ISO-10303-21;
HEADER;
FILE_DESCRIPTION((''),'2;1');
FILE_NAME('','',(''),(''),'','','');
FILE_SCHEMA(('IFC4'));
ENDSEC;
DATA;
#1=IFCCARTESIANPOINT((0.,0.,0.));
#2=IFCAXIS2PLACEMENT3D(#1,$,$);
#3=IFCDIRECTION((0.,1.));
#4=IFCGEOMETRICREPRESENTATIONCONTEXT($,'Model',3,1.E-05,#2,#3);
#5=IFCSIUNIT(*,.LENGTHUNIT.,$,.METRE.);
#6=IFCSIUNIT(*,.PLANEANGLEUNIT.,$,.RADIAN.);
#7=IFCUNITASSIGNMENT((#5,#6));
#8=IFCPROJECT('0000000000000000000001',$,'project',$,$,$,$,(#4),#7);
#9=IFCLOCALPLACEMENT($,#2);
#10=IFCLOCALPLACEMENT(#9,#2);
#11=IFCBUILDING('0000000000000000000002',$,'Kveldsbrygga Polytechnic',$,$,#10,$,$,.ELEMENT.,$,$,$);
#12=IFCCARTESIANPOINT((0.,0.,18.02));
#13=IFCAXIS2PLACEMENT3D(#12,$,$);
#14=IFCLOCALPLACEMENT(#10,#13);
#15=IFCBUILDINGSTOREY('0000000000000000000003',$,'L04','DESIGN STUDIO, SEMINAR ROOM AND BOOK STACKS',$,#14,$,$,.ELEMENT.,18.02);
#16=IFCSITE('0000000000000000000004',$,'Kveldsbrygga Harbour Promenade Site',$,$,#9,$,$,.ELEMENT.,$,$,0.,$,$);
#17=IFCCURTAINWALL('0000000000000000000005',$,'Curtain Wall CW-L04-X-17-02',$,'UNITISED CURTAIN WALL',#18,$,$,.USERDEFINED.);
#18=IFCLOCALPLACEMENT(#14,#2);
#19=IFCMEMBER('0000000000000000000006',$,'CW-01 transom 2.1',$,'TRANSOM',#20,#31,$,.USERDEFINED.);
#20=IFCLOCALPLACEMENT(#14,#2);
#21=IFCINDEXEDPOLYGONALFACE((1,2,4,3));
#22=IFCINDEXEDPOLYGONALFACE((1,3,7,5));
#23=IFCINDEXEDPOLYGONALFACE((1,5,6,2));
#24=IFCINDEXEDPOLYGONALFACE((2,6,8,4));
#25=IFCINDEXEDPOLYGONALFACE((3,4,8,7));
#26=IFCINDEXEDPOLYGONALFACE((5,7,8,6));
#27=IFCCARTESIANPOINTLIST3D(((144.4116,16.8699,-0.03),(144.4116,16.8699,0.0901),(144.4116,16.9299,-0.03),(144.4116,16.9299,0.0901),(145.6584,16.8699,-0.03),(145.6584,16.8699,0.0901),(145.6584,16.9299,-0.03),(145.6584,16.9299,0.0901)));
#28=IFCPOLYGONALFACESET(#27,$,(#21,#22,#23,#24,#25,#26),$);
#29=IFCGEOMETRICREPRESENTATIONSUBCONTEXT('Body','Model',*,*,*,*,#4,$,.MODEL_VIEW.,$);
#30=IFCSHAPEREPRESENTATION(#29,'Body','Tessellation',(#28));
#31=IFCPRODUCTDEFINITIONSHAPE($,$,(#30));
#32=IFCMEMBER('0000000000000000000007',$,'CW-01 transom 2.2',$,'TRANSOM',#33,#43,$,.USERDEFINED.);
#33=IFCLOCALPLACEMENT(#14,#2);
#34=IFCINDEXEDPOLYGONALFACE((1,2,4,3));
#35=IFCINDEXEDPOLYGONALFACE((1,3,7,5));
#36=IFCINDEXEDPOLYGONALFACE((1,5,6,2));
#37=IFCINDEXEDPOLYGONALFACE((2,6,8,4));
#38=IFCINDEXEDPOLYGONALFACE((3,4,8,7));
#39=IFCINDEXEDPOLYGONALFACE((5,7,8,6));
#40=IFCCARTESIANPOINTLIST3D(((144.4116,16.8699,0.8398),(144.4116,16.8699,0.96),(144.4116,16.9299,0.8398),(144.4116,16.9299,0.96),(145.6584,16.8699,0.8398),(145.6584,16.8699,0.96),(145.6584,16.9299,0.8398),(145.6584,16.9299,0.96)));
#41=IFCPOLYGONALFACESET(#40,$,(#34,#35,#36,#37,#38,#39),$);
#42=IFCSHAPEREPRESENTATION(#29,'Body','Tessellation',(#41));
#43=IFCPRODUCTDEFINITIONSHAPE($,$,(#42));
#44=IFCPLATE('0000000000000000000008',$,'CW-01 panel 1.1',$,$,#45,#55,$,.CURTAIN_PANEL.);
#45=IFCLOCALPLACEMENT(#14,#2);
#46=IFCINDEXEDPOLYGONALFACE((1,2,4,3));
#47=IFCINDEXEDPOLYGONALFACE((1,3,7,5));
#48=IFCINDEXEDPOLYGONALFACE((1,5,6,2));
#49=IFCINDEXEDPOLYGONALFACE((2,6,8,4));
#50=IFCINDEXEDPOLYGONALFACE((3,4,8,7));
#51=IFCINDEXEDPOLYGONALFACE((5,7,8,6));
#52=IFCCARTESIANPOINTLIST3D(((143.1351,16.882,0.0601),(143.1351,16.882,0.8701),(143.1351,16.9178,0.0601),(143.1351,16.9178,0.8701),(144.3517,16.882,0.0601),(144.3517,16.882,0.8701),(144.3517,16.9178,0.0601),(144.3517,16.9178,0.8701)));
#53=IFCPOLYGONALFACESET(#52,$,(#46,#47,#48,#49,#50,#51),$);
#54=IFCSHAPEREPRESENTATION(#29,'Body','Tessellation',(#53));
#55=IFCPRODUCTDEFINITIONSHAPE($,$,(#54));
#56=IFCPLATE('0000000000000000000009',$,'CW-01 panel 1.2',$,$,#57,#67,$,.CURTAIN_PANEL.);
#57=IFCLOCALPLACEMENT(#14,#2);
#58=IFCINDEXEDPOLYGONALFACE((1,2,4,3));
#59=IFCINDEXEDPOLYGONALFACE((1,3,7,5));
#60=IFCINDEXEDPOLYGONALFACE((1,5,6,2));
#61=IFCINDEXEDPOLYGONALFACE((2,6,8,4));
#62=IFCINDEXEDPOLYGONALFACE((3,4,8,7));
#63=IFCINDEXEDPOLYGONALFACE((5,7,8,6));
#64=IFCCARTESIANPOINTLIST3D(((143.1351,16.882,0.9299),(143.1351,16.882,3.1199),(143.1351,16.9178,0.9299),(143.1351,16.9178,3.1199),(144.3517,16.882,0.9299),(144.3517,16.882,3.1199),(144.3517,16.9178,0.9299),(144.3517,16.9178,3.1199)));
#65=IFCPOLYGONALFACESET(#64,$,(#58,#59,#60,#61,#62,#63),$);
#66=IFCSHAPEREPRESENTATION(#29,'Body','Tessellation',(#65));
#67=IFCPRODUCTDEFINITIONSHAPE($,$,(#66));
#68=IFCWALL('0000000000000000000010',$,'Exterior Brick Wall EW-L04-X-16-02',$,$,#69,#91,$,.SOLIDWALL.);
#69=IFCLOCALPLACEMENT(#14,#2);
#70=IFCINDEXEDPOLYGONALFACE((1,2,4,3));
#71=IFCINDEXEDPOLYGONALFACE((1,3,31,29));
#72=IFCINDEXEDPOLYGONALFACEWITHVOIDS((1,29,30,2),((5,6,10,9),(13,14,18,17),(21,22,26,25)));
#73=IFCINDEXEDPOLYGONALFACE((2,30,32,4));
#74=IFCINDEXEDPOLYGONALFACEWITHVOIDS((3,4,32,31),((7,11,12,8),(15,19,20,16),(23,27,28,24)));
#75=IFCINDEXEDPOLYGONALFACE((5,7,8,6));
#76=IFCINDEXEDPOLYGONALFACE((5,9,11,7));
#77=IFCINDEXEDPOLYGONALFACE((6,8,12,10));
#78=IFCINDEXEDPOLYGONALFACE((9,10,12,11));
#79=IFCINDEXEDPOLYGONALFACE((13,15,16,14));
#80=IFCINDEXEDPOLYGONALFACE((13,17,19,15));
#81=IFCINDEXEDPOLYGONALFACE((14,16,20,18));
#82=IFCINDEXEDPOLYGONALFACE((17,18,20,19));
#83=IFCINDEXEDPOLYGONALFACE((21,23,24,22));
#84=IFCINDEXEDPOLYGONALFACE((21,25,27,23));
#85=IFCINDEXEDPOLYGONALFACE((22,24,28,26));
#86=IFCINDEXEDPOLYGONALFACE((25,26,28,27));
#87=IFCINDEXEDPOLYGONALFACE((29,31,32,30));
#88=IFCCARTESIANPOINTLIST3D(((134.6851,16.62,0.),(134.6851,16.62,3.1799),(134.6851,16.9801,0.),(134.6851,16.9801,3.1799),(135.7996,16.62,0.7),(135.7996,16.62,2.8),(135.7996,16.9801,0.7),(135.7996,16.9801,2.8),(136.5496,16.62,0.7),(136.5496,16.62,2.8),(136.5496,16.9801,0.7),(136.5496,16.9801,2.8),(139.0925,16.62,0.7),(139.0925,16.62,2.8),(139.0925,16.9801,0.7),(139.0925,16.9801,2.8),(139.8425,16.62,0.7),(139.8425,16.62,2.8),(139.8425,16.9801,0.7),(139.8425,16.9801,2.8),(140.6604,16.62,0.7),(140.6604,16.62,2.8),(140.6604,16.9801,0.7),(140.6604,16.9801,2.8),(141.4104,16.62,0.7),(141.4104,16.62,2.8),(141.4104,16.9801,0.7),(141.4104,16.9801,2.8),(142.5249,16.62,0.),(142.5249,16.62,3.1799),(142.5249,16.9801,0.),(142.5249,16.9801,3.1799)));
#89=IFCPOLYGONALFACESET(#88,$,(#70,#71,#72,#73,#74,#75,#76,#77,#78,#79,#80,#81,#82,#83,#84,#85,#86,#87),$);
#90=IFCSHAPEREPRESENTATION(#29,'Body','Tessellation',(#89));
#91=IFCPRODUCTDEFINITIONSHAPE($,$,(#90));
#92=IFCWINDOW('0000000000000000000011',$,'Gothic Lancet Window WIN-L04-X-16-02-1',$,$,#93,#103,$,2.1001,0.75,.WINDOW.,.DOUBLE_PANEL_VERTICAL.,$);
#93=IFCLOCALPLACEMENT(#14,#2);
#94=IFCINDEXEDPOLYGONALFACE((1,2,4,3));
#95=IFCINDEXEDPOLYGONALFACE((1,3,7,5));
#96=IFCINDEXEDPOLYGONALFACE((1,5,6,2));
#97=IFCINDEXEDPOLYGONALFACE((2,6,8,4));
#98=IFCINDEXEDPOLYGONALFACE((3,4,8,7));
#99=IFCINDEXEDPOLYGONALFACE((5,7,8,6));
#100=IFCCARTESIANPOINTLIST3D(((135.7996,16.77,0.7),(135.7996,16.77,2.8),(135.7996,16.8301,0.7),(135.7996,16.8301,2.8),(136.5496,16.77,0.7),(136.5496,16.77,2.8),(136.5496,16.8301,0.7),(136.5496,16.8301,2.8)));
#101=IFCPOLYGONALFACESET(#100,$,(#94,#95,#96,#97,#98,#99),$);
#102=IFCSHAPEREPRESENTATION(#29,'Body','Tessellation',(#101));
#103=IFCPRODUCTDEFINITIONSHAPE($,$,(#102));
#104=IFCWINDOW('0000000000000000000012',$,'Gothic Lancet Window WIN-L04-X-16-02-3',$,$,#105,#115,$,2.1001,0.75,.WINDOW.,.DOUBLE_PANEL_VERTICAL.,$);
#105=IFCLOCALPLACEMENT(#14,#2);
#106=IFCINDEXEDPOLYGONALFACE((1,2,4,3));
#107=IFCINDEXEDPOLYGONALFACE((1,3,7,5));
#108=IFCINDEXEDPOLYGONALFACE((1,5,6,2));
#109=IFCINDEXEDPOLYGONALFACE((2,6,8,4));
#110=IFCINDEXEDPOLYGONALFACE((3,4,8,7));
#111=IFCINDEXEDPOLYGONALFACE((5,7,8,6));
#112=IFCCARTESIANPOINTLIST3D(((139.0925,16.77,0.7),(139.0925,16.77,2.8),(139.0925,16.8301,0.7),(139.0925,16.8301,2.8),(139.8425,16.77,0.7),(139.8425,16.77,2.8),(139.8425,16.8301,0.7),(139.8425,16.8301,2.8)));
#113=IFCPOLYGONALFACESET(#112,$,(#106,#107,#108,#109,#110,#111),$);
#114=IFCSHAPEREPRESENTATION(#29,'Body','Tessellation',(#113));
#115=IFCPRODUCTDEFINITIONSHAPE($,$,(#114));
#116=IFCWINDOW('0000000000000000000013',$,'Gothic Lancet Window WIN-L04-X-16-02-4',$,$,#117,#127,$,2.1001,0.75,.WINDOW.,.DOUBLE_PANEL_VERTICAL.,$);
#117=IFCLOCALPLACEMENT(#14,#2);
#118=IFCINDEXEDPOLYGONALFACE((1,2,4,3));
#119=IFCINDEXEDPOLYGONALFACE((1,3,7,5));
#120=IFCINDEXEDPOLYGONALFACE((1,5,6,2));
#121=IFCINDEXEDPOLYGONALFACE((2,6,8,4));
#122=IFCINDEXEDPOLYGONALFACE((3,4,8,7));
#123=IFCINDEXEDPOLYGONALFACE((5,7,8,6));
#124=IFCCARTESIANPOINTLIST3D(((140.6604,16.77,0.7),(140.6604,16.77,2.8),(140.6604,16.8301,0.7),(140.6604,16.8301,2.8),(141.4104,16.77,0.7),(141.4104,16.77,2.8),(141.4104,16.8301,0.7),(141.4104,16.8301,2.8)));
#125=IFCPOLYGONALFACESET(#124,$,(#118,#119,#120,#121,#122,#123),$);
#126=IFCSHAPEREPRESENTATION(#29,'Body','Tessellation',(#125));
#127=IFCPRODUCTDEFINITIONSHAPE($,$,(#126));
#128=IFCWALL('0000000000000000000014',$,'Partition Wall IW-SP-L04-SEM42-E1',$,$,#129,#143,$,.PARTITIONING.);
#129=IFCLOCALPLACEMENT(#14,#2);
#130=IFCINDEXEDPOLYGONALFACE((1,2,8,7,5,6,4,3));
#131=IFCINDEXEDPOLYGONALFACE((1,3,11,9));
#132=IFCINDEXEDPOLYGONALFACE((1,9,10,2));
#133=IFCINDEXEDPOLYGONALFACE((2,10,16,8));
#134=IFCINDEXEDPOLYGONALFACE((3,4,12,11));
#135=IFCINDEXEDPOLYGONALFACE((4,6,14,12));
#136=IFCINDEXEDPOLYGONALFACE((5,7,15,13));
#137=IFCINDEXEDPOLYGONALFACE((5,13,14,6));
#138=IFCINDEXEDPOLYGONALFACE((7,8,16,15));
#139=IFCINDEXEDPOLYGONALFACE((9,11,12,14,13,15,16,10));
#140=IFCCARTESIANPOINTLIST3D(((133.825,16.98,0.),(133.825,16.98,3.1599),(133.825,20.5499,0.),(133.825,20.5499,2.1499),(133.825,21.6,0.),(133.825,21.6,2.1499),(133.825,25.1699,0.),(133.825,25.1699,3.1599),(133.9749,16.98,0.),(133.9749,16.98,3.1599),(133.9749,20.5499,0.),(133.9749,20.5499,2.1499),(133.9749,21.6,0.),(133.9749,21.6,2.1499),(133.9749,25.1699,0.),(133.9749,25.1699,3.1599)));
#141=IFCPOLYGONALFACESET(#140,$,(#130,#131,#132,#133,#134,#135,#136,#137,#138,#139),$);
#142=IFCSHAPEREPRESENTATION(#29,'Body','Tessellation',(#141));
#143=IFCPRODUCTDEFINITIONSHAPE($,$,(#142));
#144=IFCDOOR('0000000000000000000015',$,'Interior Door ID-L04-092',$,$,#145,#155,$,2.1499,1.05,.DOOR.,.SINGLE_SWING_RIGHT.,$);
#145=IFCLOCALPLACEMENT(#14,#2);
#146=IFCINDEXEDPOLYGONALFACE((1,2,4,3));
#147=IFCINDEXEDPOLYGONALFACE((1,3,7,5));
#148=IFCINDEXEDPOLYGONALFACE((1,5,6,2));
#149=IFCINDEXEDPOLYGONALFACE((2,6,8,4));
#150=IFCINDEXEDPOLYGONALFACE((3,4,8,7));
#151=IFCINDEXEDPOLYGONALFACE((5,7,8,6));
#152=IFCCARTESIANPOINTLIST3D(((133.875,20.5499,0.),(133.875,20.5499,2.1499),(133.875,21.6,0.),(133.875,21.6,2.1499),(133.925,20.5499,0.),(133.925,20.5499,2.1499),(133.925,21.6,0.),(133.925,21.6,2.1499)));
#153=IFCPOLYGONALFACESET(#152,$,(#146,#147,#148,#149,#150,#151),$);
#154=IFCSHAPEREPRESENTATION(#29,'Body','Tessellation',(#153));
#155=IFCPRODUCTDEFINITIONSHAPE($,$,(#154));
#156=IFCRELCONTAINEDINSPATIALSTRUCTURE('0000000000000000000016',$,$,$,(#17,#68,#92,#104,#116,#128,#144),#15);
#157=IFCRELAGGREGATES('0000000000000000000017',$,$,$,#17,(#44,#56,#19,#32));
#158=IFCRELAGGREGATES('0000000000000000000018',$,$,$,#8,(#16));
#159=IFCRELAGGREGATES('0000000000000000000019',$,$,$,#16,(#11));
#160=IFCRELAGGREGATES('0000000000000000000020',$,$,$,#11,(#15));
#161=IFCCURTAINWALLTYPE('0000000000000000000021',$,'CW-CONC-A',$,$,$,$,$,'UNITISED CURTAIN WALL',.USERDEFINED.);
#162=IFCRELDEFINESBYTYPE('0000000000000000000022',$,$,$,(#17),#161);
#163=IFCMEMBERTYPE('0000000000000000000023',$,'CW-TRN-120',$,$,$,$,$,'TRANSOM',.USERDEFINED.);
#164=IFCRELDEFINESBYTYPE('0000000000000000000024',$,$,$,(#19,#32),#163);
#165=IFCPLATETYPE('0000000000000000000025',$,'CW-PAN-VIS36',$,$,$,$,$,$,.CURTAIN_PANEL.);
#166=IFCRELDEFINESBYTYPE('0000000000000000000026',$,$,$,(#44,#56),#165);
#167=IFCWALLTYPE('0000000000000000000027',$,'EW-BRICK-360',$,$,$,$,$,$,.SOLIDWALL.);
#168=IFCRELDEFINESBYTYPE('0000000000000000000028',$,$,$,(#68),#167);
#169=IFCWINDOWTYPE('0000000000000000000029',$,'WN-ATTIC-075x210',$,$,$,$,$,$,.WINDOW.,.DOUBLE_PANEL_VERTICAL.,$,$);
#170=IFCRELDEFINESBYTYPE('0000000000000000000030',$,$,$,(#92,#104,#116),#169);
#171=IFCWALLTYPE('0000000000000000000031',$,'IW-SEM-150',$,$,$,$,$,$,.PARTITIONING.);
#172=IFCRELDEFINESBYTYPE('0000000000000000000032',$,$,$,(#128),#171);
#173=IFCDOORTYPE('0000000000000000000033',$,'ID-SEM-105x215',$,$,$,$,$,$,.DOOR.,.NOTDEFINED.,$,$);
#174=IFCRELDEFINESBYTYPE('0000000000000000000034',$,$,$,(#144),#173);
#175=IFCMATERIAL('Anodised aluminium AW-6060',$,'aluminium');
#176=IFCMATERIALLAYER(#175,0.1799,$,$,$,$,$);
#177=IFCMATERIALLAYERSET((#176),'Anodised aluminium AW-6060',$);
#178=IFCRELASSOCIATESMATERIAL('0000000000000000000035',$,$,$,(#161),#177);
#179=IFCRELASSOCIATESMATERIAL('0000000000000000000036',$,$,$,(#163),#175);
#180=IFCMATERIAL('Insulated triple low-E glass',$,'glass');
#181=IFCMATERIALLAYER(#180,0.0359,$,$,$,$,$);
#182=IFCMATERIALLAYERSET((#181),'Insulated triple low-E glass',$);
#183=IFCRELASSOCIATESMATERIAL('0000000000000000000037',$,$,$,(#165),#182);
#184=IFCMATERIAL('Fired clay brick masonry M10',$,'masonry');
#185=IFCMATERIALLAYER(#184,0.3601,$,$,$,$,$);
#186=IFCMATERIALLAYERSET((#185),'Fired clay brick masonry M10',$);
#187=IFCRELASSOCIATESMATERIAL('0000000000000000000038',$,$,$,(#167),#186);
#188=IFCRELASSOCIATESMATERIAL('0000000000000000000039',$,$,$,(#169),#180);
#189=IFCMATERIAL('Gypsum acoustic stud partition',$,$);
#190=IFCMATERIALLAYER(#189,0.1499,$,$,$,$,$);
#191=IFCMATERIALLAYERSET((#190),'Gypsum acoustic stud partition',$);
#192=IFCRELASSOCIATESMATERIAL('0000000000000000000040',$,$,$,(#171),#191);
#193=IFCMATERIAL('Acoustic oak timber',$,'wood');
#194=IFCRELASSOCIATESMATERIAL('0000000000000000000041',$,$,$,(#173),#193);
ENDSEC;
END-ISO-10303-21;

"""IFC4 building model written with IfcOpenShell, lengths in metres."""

from ifc_helpers import new_model, si_unit, direction, frame, frame_2d, origin, origin_2d, place, context, subcontext, project, spatial, rectangle, extrude, material, layer, layer_set, material_profile, profile_set, type_object, element, fill, aggregate, save


model = new_model("IFC4")

# Units and contexts
model_context = context("Model", 3, precision=1e-05, world=origin(), true_north=direction((0.0, 1.0)))
body_context = subcontext(model_context, "Body", "Model", "MODEL_VIEW")
ifc_project = project(units=[si_unit("LENGTHUNIT", "METRE"), si_unit("PLANEANGLEUNIT", "RADIAN")], contexts=[model_context])

# Site, building, storey
site_placement = place(None, origin())
site = spatial("IfcSite", under=ifc_project, at=site_placement, Name="Kveldsbrygga Harbour Promenade Site", CompositionType="ELEMENT", RefElevation=0.0)
building_placement = place(site_placement, origin())
building = spatial("IfcBuilding", under=site, at=building_placement, Name="Kveldsbrygga Polytechnic", CompositionType="ELEMENT")
storey_placement = place(building_placement, frame((0.0, 0.0, 18.02)))
storey = spatial("IfcBuildingStorey", under=building, at=storey_placement, Name="L04", Description="DESIGN STUDIO, SEMINAR ROOM AND BOOK STACKS", CompositionType="ELEMENT", Elevation=18.02)

# Curtain wall, members, plates
ifc_material_1 = material(Name="Anodised aluminium AW-6060", Category="aluminium")
ifc_layer_1 = layer(ifc_material_1, 0.1799)
ifc_layer_set_1 = layer_set([ifc_layer_1], Name="Anodised aluminium AW-6060")
curtain_wall_type = type_object("IfcCurtainWallType", Name="CW-CONC-A", ElementType="UNITISED CURTAIN WALL", PredefinedType="USERDEFINED", material=ifc_layer_set_1)
curtain_wall_placement = place(storey_placement, origin())
curtain_wall = element("IfcCurtainWall", 1, at=curtain_wall_placement, inside=storey, type_object=curtain_wall_type, Name="Curtain Wall CW-L04-X-17-02", ObjectType="UNITISED CURTAIN WALL", PredefinedType="USERDEFINED")
ifc_material_profile_1 = material_profile(ifc_material_1, rectangle(XDim=0.0601, YDim=0.1201, at=origin_2d()), Name="ALU 60x120")
ifc_profile_set_1 = profile_set([ifc_material_profile_1], Name="Anodised aluminium AW-6060")
member_type_1 = type_object("IfcMemberType", Name="CW-TRN-120", ElementType="TRANSOM", PredefinedType="USERDEFINED", material=ifc_profile_set_1)
member_1_placement = place(storey_placement, frame((144.4116, 16.8999, 0.03), z_axis=(1.0, 0.0, 0.0), x_axis=(0.0, 1.0, 0.0)))
member_1 = element("IfcMember", 2, at=member_1_placement, type_object=member_type_1, Name="CW-01 transom 2.1", ObjectType="TRANSOM", PredefinedType="USERDEFINED", context=body_context, shape_type="SweptSolid", body=[
    extrude(rectangle(XDim=0.0601, YDim=0.1201, at=origin_2d()), origin(), (0.0, 0.0, 1.0), 1.2468),
])
member_2_placement = place(storey_placement, frame((144.4116, 16.8999, 0.8999), z_axis=(1.0, 0.0, 0.0), x_axis=(0.0, 1.0, 0.0)))
member_2 = element("IfcMember", 3, at=member_2_placement, type_object=member_type_1, Name="CW-01 transom 2.2", ObjectType="TRANSOM", PredefinedType="USERDEFINED", context=body_context, shape_type="SweptSolid", body=[
    extrude(rectangle(XDim=0.0601, YDim=0.1201, at=origin_2d()), origin(), (0.0, 0.0, 1.0), 1.2468),
])
ifc_material_2 = material(Name="Insulated triple low-E glass", Category="glass")
ifc_layer_2 = layer(ifc_material_2, 0.0359)
ifc_layer_set_2 = layer_set([ifc_layer_2], Name="Insulated triple low-E glass")
plate_type = type_object("IfcPlateType", Name="CW-PAN-VIS36", PredefinedType="CURTAIN_PANEL", material=ifc_layer_set_2)
plate_1_placement = place(storey_placement, frame((143.7434, 16.8999, 0.0601), z_axis=(0.0, 0.0, 1.0), x_axis=(1.0, 0.0, 0.0)))
plate_1 = element("IfcPlate", 4, at=plate_1_placement, type_object=plate_type, Name="CW-01 panel 1.1", PredefinedType="CURTAIN_PANEL", context=body_context, shape_type="SweptSolid", body=[
    extrude(rectangle(XDim=1.2166, YDim=0.0359, at=origin_2d()), origin(), (0.0, 0.0, 1.0), 0.8101),
])
plate_2_placement = place(storey_placement, frame((143.7434, 16.8999, 0.9299), z_axis=(0.0, 0.0, 1.0), x_axis=(1.0, 0.0, 0.0)))
plate_2 = element("IfcPlate", 5, at=plate_2_placement, type_object=plate_type, Name="CW-01 panel 1.2", PredefinedType="CURTAIN_PANEL", context=body_context, shape_type="SweptSolid", body=[
    extrude(rectangle(XDim=1.2166, YDim=0.0359, at=origin_2d()), origin(), (0.0, 0.0, 1.0), 2.1899),
])
aggregate(curtain_wall, [plate_1, plate_2, member_1, member_2])

# Wall, openings, windows
ifc_material_3 = material(Name="Fired clay brick masonry M10", Category="masonry")
ifc_layer_3 = layer(ifc_material_3, 0.3601)
ifc_layer_set_3 = layer_set([ifc_layer_3], Name="Fired clay brick masonry M10")
wall_type_1 = type_object("IfcWallType", Name="EW-BRICK-360", PredefinedType="SOLIDWALL", material=ifc_layer_set_3)
wall_1_placement = place(storey_placement, frame((134.6851, 16.8, 0.0), z_axis=(0.0, 0.0, 1.0), x_axis=(1.0, 0.0, 0.0)))
wall_1 = element("IfcWall", 6, at=wall_1_placement, inside=storey, type_object=wall_type_1, Name="Exterior Brick Wall EW-L04-X-16-02", PredefinedType="SOLIDWALL", context=body_context, shape_type="SweptSolid", body=[
    extrude(rectangle(XDim=7.8398, YDim=0.3601, at=frame_2d((3.9199, 0.0))), origin(), (0.0, 0.0, 1.0), 3.1799),
])
opening_1_placement = place(wall_1_placement, frame((1.1145, 0.0, 0.7)))
opening_1 = element("IfcOpeningElement", 7, at=opening_1_placement, cuts=wall_1, PredefinedType="OPENING", context=body_context, shape_type="SweptSolid", body=[
    extrude(rectangle(XDim=0.75, YDim=2.1001, at=frame_2d((0.375, 1.05))), frame((0.0, 0.1899, 0.0), z_axis=(0.0, -1.0, 0.0), x_axis=(1.0, 0.0, 0.0)), (0.0, 0.0, 1.0), 0.3801),
])
opening_2_placement = place(wall_1_placement, frame((4.4075, 0.0, 0.7)))
opening_2 = element("IfcOpeningElement", 8, at=opening_2_placement, cuts=wall_1, PredefinedType="OPENING", context=body_context, shape_type="SweptSolid", body=[
    extrude(rectangle(XDim=0.75, YDim=2.1001, at=frame_2d((0.375, 1.05))), frame((0.0, 0.1899, 0.0), z_axis=(0.0, -1.0, 0.0), x_axis=(1.0, 0.0, 0.0)), (0.0, 0.0, 1.0), 0.3801),
])
opening_3_placement = place(wall_1_placement, frame((5.9753, 0.0, 0.7)))
opening_3 = element("IfcOpeningElement", 9, at=opening_3_placement, cuts=wall_1, PredefinedType="OPENING", context=body_context, shape_type="SweptSolid", body=[
    extrude(rectangle(XDim=0.75, YDim=2.1001, at=frame_2d((0.375, 1.05))), frame((0.0, 0.1899, 0.0), z_axis=(0.0, -1.0, 0.0), x_axis=(1.0, 0.0, 0.0)), (0.0, 0.0, 1.0), 0.3801),
])
window_type = type_object("IfcWindowType", Name="WN-ATTIC-075x210", PartitioningType="DOUBLE_PANEL_VERTICAL", PredefinedType="WINDOW", material=ifc_material_2)
window_1_placement = place(opening_1_placement, origin())
window_1 = element("IfcWindow", 10, at=window_1_placement, inside=storey, type_object=window_type, Name="Gothic Lancet Window WIN-L04-X-16-02-1", OverallHeight=2.1001, OverallWidth=0.75, PartitioningType="DOUBLE_PANEL_VERTICAL", PredefinedType="WINDOW", context=body_context, shape_type="SweptSolid", body=[
    extrude(rectangle(XDim=0.75, YDim=2.1001, at=frame_2d((0.375, 1.05))), frame((0.0, 0.03, 0.0), z_axis=(0.0, -1.0, 0.0), x_axis=(1.0, 0.0, 0.0)), (0.0, 0.0, 1.0), 0.0601),
])
fill(opening_1, window_1)
window_2_placement = place(opening_2_placement, origin())
window_2 = element("IfcWindow", 11, at=window_2_placement, inside=storey, type_object=window_type, Name="Gothic Lancet Window WIN-L04-X-16-02-3", OverallHeight=2.1001, OverallWidth=0.75, PartitioningType="DOUBLE_PANEL_VERTICAL", PredefinedType="WINDOW", context=body_context, shape_type="SweptSolid", body=[
    extrude(rectangle(XDim=0.75, YDim=2.1001, at=frame_2d((0.375, 1.05))), frame((0.0, 0.03, 0.0), z_axis=(0.0, -1.0, 0.0), x_axis=(1.0, 0.0, 0.0)), (0.0, 0.0, 1.0), 0.0601),
])
fill(opening_2, window_2)
window_3_placement = place(opening_3_placement, origin())
window_3 = element("IfcWindow", 12, at=window_3_placement, inside=storey, type_object=window_type, Name="Gothic Lancet Window WIN-L04-X-16-02-4", OverallHeight=2.1001, OverallWidth=0.75, PartitioningType="DOUBLE_PANEL_VERTICAL", PredefinedType="WINDOW", context=body_context, shape_type="SweptSolid", body=[
    extrude(rectangle(XDim=0.75, YDim=2.1001, at=frame_2d((0.375, 1.05))), frame((0.0, 0.03, 0.0), z_axis=(0.0, -1.0, 0.0), x_axis=(1.0, 0.0, 0.0)), (0.0, 0.0, 1.0), 0.0601),
])
fill(opening_3, window_3)

# Wall, opening, door
ifc_material_4 = material(Name="Gypsum acoustic stud partition")
ifc_layer_4 = layer(ifc_material_4, 0.1499)
ifc_layer_set_4 = layer_set([ifc_layer_4], Name="Gypsum acoustic stud partition")
wall_type_2 = type_object("IfcWallType", Name="IW-SEM-150", PredefinedType="PARTITIONING", material=ifc_layer_set_4)
wall_2_placement = place(storey_placement, frame((133.8999, 16.98, 0.0), z_axis=(0.0, 0.0, 1.0), x_axis=(0.0, 1.0, 0.0)))
wall_2 = element("IfcWall", 13, at=wall_2_placement, inside=storey, type_object=wall_type_2, Name="Partition Wall IW-SP-L04-SEM42-E1", PredefinedType="PARTITIONING", context=body_context, shape_type="SweptSolid", body=[
    extrude(rectangle(XDim=8.1899, YDim=0.1499, at=frame_2d((4.095, 0.0))), origin(), (0.0, 0.0, 1.0), 3.1599),
])
opening_4_placement = place(wall_2_placement, frame((3.5701, 0.0, 0.0)))
opening_4 = element("IfcOpeningElement", 14, at=opening_4_placement, cuts=wall_2, PredefinedType="OPENING", context=body_context, shape_type="SweptSolid", body=[
    extrude(rectangle(XDim=1.05, YDim=2.1499, at=frame_2d((0.5249, 1.075))), frame((0.0, 0.085, 0.0), z_axis=(0.0, -1.0, 0.0), x_axis=(1.0, 0.0, 0.0)), (0.0, 0.0, 1.0), 0.1699),
])
ifc_material_5 = material(Name="Acoustic oak timber", Category="wood")
door_type_1 = type_object("IfcDoorType", Name="ID-SEM-105x215", OperationType="NOTDEFINED", PredefinedType="DOOR", material=ifc_material_5)
door_1_placement = place(opening_4_placement, origin())
door_1 = element("IfcDoor", 15, at=door_1_placement, inside=storey, type_object=door_type_1, Name="Interior Door ID-L04-092", OperationType="SINGLE_SWING_RIGHT", OverallHeight=2.1499, OverallWidth=1.05, PredefinedType="DOOR", context=body_context, shape_type="SweptSolid", body=[
    extrude(rectangle(XDim=1.05, YDim=2.1499, at=frame_2d((0.5249, 1.075))), frame((0.0, 0.0249, 0.0), z_axis=(0.0, -1.0, 0.0), x_axis=(1.0, 0.0, 0.0)), (0.0, 0.0, 1.0), 0.05),
])
fill(opening_4, door_1)

save(model, "model.ifc")
